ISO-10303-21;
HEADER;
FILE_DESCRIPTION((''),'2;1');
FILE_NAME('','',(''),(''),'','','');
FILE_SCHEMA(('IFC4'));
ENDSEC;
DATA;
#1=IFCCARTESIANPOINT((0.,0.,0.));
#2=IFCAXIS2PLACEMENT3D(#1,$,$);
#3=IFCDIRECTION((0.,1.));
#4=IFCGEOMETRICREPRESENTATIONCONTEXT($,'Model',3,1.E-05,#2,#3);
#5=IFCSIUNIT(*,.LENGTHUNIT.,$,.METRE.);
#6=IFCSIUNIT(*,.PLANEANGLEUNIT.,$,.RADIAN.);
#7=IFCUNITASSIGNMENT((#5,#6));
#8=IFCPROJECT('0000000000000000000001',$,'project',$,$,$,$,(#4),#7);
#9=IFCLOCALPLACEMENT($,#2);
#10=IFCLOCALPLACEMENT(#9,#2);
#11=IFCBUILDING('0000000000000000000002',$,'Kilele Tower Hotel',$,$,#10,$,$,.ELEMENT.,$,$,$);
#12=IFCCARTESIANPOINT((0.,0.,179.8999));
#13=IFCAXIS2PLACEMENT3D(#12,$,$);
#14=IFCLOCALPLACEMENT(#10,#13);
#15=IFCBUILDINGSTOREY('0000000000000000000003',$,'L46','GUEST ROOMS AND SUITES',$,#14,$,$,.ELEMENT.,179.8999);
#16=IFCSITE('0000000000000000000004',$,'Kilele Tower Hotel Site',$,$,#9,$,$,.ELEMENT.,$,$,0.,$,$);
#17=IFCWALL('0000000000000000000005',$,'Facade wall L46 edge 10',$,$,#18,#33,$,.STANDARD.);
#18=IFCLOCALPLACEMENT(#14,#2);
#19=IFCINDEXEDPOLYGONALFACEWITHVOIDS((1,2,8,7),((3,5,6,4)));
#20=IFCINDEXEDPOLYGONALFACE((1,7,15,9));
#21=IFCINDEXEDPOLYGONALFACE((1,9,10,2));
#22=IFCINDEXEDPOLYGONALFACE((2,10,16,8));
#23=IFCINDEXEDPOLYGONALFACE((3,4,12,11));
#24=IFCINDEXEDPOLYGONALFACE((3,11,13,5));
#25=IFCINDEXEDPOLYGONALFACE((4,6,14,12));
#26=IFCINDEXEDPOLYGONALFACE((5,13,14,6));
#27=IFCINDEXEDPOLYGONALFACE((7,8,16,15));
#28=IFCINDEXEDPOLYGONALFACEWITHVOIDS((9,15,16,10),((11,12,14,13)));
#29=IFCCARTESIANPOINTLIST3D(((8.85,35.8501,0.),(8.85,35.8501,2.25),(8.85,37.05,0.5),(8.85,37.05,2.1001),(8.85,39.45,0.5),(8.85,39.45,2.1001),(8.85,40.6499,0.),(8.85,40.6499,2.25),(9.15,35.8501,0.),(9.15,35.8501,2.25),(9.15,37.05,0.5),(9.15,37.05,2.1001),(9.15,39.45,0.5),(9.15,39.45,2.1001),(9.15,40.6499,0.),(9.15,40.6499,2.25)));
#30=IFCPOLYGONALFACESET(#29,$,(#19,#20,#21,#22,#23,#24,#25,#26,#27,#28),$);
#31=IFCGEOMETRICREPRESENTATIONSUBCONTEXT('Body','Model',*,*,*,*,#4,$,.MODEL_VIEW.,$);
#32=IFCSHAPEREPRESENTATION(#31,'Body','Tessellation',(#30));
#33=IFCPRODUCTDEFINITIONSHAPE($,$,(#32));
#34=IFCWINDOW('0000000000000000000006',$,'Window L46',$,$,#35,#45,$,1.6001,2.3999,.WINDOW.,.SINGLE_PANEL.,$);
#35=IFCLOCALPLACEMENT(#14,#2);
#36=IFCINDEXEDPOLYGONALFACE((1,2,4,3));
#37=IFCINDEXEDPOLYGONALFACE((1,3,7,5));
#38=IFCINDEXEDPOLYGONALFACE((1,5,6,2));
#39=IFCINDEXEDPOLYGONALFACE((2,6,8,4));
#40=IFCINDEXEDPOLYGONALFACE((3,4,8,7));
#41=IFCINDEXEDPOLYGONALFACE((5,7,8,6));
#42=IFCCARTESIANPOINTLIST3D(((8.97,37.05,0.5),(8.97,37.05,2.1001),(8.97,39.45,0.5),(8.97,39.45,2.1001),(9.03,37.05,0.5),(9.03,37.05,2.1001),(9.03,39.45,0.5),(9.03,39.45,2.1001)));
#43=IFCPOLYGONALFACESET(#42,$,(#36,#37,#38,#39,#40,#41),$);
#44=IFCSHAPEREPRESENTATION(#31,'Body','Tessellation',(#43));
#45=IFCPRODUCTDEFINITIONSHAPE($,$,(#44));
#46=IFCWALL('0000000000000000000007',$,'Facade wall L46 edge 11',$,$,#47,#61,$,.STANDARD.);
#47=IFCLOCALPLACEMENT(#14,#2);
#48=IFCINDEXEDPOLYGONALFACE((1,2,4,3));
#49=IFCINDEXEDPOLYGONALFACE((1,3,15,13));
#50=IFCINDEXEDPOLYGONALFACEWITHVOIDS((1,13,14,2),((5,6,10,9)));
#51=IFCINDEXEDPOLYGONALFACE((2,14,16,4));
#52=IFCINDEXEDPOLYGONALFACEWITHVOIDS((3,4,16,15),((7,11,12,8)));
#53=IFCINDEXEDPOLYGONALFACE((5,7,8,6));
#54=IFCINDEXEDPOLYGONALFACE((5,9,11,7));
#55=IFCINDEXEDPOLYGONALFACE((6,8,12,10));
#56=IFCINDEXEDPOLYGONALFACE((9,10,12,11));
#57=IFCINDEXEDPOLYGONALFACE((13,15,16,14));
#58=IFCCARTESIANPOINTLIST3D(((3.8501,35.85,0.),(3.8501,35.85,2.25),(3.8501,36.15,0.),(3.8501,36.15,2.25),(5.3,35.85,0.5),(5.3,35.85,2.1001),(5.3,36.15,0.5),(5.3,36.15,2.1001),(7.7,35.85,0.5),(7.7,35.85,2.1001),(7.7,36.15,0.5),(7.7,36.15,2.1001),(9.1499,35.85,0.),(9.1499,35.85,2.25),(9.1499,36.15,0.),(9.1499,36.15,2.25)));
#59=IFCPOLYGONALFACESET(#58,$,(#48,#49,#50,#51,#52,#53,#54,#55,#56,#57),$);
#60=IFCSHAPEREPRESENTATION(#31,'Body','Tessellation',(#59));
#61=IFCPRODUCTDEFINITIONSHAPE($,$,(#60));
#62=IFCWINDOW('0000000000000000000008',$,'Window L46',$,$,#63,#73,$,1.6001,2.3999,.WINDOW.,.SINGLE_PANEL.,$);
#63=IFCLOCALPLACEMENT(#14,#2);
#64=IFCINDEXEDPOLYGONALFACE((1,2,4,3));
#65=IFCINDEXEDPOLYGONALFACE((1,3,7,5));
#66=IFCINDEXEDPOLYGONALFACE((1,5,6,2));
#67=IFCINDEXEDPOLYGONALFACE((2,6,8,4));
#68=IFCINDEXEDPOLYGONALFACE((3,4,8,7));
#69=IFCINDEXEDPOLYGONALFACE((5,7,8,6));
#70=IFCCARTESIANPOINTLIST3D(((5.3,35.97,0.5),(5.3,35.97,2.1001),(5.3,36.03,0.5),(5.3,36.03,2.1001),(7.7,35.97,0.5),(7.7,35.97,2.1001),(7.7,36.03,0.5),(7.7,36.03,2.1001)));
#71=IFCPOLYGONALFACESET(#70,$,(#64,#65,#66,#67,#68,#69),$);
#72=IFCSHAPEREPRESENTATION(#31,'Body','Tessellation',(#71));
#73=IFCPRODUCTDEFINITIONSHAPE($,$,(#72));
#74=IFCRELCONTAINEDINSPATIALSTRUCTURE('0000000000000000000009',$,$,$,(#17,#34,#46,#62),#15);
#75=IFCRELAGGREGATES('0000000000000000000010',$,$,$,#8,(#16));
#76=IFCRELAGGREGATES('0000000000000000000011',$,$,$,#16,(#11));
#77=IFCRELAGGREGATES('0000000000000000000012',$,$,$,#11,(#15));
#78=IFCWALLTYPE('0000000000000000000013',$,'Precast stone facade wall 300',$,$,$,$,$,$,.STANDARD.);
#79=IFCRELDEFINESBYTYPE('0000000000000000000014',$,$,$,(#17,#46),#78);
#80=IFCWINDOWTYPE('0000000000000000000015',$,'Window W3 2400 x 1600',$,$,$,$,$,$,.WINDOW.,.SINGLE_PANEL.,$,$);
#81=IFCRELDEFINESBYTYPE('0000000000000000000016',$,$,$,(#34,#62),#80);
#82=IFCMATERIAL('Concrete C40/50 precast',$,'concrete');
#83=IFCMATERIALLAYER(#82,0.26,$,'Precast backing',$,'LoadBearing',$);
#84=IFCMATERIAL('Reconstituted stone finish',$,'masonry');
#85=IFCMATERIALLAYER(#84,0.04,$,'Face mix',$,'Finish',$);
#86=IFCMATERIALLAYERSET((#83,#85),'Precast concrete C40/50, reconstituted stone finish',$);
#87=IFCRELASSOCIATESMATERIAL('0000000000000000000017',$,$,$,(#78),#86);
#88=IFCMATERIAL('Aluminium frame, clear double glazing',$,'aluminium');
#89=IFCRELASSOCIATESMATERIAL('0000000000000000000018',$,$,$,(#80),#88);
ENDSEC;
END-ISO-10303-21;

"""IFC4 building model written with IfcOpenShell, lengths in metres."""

from ifc_helpers import new_model, si_unit, direction, frame, frame_2d, origin, place, context, subcontext, project, spatial, rectangle, extrude, material, layer, layer_set, type_object, element, fill, save


model = new_model("IFC4")

# Units and contexts
model_context = context("Model", 3, precision=1e-05, world=origin(), true_north=direction((0.0, 1.0)))
body_context = subcontext(model_context, "Body", "Model", "MODEL_VIEW")
ifc_project = project(units=[si_unit("LENGTHUNIT", "METRE"), si_unit("PLANEANGLEUNIT", "RADIAN")], contexts=[model_context])

# Site, building, storey
site_placement = place(None, origin())
site = spatial("IfcSite", under=ifc_project, at=site_placement, Name="Kilele Tower Hotel Site", CompositionType="ELEMENT", RefElevation=0.0)
building_placement = place(site_placement, origin())
building = spatial("IfcBuilding", under=site, at=building_placement, Name="Kilele Tower Hotel", CompositionType="ELEMENT")
storey_placement = place(building_placement, frame((0.0, 0.0, 179.8999)))
storey = spatial("IfcBuildingStorey", under=building, at=storey_placement, Name="L46", Description="GUEST ROOMS AND SUITES", CompositionType="ELEMENT", Elevation=179.8999)

# Walls, openings, windows
ifc_material_1 = material(Name="Concrete C40/50 precast", Category="concrete")
ifc_layer_1 = layer(ifc_material_1, 0.26, Name="Precast backing", Category="LoadBearing")
ifc_material_2 = material(Name="Reconstituted stone finish", Category="masonry")
ifc_layer_2 = layer(ifc_material_2, 0.04, Name="Face mix", Category="Finish")
ifc_layer_set_1 = layer_set([ifc_layer_1, ifc_layer_2], Name="Precast concrete C40/50, reconstituted stone finish")
wall_type_1 = type_object("IfcWallType", Name="Precast stone facade wall 300", PredefinedType="STANDARD", material=ifc_layer_set_1)
wall_1_placement = place(storey_placement, frame((9.0, 40.6499, 0.0), z_axis=(0.0, 0.0, 1.0), x_axis=(0.0, -1.0, 0.0)))
wall_1 = element("IfcWall", 1, at=wall_1_placement, inside=storey, type_object=wall_type_1, Name="Facade wall L46 edge 10", PredefinedType="STANDARD", context=body_context, shape_type="SweptSolid", body=[
    extrude(rectangle(XDim=4.7998, YDim=0.3, at=frame_2d((2.3999, 0.0))), origin(), (0.0, 0.0, 1.0), 2.25),
])
opening_1_placement = place(wall_1_placement, frame((1.2, 0.0, 0.5)))
opening_1 = element("IfcOpeningElement", 2, at=opening_1_placement, cuts=wall_1, PredefinedType="OPENING", context=body_context, shape_type="SweptSolid", body=[
    extrude(rectangle(XDim=2.3999, YDim=1.6001, at=frame_2d((1.2, 0.8))), frame((0.0, 0.1599, 0.0), z_axis=(0.0, -1.0, 0.0), x_axis=(1.0, 0.0, 0.0)), (0.0, 0.0, 1.0), 0.3201),
])
ifc_material_3 = material(Name="Aluminium frame, clear double glazing", Category="aluminium")
window_type_1 = type_object("IfcWindowType", Name="Window W3 2400 x 1600", PartitioningType="SINGLE_PANEL", PredefinedType="WINDOW", material=ifc_material_3)
window_1_placement = place(opening_1_placement, origin())
window_1 = element("IfcWindow", 3, at=window_1_placement, inside=storey, type_object=window_type_1, Name="Window L46", OverallHeight=1.6001, OverallWidth=2.3999, PartitioningType="SINGLE_PANEL", PredefinedType="WINDOW", context=body_context, shape_type="SweptSolid", body=[
    extrude(rectangle(XDim=2.3999, YDim=1.6001, at=frame_2d((1.2, 0.8))), frame((0.0, 0.03, 0.0), z_axis=(0.0, -1.0, 0.0), x_axis=(1.0, 0.0, 0.0)), (0.0, 0.0, 1.0), 0.0601),
])
fill(opening_1, window_1)
wall_2_placement = place(storey_placement, frame((9.1499, 36.0, 0.0), z_axis=(0.0, 0.0, 1.0), x_axis=(-1.0, 0.0, 0.0)))
wall_2 = element("IfcWall", 4, at=wall_2_placement, inside=storey, type_object=wall_type_1, Name="Facade wall L46 edge 11", PredefinedType="STANDARD", context=body_context, shape_type="SweptSolid", body=[
    extrude(rectangle(XDim=5.2998, YDim=0.3, at=frame_2d((2.6499, 0.0))), origin(), (0.0, 0.0, 1.0), 2.25),
])
opening_2_placement = place(wall_2_placement, frame((1.45, 0.0, 0.5)))
opening_2 = element("IfcOpeningElement", 5, at=opening_2_placement, cuts=wall_2, PredefinedType="OPENING", context=body_context, shape_type="SweptSolid", body=[
    extrude(rectangle(XDim=2.3999, YDim=1.6001, at=frame_2d((1.2, 0.8))), frame((0.0, 0.1599, 0.0), z_axis=(0.0, -1.0, 0.0), x_axis=(1.0, 0.0, 0.0)), (0.0, 0.0, 1.0), 0.3201),
])
window_2_placement = place(opening_2_placement, origin())
window_2 = element("IfcWindow", 6, at=window_2_placement, inside=storey, type_object=window_type_1, Name="Window L46", OverallHeight=1.6001, OverallWidth=2.3999, PartitioningType="SINGLE_PANEL", PredefinedType="WINDOW", context=body_context, shape_type="SweptSolid", body=[
    extrude(rectangle(XDim=2.3999, YDim=1.6001, at=frame_2d((1.2, 0.8))), frame((0.0, 0.03, 0.0), z_axis=(0.0, -1.0, 0.0), x_axis=(1.0, 0.0, 0.0)), (0.0, 0.0, 1.0), 0.0601),
])
fill(opening_2, window_2)

save(model, "model.ifc")
